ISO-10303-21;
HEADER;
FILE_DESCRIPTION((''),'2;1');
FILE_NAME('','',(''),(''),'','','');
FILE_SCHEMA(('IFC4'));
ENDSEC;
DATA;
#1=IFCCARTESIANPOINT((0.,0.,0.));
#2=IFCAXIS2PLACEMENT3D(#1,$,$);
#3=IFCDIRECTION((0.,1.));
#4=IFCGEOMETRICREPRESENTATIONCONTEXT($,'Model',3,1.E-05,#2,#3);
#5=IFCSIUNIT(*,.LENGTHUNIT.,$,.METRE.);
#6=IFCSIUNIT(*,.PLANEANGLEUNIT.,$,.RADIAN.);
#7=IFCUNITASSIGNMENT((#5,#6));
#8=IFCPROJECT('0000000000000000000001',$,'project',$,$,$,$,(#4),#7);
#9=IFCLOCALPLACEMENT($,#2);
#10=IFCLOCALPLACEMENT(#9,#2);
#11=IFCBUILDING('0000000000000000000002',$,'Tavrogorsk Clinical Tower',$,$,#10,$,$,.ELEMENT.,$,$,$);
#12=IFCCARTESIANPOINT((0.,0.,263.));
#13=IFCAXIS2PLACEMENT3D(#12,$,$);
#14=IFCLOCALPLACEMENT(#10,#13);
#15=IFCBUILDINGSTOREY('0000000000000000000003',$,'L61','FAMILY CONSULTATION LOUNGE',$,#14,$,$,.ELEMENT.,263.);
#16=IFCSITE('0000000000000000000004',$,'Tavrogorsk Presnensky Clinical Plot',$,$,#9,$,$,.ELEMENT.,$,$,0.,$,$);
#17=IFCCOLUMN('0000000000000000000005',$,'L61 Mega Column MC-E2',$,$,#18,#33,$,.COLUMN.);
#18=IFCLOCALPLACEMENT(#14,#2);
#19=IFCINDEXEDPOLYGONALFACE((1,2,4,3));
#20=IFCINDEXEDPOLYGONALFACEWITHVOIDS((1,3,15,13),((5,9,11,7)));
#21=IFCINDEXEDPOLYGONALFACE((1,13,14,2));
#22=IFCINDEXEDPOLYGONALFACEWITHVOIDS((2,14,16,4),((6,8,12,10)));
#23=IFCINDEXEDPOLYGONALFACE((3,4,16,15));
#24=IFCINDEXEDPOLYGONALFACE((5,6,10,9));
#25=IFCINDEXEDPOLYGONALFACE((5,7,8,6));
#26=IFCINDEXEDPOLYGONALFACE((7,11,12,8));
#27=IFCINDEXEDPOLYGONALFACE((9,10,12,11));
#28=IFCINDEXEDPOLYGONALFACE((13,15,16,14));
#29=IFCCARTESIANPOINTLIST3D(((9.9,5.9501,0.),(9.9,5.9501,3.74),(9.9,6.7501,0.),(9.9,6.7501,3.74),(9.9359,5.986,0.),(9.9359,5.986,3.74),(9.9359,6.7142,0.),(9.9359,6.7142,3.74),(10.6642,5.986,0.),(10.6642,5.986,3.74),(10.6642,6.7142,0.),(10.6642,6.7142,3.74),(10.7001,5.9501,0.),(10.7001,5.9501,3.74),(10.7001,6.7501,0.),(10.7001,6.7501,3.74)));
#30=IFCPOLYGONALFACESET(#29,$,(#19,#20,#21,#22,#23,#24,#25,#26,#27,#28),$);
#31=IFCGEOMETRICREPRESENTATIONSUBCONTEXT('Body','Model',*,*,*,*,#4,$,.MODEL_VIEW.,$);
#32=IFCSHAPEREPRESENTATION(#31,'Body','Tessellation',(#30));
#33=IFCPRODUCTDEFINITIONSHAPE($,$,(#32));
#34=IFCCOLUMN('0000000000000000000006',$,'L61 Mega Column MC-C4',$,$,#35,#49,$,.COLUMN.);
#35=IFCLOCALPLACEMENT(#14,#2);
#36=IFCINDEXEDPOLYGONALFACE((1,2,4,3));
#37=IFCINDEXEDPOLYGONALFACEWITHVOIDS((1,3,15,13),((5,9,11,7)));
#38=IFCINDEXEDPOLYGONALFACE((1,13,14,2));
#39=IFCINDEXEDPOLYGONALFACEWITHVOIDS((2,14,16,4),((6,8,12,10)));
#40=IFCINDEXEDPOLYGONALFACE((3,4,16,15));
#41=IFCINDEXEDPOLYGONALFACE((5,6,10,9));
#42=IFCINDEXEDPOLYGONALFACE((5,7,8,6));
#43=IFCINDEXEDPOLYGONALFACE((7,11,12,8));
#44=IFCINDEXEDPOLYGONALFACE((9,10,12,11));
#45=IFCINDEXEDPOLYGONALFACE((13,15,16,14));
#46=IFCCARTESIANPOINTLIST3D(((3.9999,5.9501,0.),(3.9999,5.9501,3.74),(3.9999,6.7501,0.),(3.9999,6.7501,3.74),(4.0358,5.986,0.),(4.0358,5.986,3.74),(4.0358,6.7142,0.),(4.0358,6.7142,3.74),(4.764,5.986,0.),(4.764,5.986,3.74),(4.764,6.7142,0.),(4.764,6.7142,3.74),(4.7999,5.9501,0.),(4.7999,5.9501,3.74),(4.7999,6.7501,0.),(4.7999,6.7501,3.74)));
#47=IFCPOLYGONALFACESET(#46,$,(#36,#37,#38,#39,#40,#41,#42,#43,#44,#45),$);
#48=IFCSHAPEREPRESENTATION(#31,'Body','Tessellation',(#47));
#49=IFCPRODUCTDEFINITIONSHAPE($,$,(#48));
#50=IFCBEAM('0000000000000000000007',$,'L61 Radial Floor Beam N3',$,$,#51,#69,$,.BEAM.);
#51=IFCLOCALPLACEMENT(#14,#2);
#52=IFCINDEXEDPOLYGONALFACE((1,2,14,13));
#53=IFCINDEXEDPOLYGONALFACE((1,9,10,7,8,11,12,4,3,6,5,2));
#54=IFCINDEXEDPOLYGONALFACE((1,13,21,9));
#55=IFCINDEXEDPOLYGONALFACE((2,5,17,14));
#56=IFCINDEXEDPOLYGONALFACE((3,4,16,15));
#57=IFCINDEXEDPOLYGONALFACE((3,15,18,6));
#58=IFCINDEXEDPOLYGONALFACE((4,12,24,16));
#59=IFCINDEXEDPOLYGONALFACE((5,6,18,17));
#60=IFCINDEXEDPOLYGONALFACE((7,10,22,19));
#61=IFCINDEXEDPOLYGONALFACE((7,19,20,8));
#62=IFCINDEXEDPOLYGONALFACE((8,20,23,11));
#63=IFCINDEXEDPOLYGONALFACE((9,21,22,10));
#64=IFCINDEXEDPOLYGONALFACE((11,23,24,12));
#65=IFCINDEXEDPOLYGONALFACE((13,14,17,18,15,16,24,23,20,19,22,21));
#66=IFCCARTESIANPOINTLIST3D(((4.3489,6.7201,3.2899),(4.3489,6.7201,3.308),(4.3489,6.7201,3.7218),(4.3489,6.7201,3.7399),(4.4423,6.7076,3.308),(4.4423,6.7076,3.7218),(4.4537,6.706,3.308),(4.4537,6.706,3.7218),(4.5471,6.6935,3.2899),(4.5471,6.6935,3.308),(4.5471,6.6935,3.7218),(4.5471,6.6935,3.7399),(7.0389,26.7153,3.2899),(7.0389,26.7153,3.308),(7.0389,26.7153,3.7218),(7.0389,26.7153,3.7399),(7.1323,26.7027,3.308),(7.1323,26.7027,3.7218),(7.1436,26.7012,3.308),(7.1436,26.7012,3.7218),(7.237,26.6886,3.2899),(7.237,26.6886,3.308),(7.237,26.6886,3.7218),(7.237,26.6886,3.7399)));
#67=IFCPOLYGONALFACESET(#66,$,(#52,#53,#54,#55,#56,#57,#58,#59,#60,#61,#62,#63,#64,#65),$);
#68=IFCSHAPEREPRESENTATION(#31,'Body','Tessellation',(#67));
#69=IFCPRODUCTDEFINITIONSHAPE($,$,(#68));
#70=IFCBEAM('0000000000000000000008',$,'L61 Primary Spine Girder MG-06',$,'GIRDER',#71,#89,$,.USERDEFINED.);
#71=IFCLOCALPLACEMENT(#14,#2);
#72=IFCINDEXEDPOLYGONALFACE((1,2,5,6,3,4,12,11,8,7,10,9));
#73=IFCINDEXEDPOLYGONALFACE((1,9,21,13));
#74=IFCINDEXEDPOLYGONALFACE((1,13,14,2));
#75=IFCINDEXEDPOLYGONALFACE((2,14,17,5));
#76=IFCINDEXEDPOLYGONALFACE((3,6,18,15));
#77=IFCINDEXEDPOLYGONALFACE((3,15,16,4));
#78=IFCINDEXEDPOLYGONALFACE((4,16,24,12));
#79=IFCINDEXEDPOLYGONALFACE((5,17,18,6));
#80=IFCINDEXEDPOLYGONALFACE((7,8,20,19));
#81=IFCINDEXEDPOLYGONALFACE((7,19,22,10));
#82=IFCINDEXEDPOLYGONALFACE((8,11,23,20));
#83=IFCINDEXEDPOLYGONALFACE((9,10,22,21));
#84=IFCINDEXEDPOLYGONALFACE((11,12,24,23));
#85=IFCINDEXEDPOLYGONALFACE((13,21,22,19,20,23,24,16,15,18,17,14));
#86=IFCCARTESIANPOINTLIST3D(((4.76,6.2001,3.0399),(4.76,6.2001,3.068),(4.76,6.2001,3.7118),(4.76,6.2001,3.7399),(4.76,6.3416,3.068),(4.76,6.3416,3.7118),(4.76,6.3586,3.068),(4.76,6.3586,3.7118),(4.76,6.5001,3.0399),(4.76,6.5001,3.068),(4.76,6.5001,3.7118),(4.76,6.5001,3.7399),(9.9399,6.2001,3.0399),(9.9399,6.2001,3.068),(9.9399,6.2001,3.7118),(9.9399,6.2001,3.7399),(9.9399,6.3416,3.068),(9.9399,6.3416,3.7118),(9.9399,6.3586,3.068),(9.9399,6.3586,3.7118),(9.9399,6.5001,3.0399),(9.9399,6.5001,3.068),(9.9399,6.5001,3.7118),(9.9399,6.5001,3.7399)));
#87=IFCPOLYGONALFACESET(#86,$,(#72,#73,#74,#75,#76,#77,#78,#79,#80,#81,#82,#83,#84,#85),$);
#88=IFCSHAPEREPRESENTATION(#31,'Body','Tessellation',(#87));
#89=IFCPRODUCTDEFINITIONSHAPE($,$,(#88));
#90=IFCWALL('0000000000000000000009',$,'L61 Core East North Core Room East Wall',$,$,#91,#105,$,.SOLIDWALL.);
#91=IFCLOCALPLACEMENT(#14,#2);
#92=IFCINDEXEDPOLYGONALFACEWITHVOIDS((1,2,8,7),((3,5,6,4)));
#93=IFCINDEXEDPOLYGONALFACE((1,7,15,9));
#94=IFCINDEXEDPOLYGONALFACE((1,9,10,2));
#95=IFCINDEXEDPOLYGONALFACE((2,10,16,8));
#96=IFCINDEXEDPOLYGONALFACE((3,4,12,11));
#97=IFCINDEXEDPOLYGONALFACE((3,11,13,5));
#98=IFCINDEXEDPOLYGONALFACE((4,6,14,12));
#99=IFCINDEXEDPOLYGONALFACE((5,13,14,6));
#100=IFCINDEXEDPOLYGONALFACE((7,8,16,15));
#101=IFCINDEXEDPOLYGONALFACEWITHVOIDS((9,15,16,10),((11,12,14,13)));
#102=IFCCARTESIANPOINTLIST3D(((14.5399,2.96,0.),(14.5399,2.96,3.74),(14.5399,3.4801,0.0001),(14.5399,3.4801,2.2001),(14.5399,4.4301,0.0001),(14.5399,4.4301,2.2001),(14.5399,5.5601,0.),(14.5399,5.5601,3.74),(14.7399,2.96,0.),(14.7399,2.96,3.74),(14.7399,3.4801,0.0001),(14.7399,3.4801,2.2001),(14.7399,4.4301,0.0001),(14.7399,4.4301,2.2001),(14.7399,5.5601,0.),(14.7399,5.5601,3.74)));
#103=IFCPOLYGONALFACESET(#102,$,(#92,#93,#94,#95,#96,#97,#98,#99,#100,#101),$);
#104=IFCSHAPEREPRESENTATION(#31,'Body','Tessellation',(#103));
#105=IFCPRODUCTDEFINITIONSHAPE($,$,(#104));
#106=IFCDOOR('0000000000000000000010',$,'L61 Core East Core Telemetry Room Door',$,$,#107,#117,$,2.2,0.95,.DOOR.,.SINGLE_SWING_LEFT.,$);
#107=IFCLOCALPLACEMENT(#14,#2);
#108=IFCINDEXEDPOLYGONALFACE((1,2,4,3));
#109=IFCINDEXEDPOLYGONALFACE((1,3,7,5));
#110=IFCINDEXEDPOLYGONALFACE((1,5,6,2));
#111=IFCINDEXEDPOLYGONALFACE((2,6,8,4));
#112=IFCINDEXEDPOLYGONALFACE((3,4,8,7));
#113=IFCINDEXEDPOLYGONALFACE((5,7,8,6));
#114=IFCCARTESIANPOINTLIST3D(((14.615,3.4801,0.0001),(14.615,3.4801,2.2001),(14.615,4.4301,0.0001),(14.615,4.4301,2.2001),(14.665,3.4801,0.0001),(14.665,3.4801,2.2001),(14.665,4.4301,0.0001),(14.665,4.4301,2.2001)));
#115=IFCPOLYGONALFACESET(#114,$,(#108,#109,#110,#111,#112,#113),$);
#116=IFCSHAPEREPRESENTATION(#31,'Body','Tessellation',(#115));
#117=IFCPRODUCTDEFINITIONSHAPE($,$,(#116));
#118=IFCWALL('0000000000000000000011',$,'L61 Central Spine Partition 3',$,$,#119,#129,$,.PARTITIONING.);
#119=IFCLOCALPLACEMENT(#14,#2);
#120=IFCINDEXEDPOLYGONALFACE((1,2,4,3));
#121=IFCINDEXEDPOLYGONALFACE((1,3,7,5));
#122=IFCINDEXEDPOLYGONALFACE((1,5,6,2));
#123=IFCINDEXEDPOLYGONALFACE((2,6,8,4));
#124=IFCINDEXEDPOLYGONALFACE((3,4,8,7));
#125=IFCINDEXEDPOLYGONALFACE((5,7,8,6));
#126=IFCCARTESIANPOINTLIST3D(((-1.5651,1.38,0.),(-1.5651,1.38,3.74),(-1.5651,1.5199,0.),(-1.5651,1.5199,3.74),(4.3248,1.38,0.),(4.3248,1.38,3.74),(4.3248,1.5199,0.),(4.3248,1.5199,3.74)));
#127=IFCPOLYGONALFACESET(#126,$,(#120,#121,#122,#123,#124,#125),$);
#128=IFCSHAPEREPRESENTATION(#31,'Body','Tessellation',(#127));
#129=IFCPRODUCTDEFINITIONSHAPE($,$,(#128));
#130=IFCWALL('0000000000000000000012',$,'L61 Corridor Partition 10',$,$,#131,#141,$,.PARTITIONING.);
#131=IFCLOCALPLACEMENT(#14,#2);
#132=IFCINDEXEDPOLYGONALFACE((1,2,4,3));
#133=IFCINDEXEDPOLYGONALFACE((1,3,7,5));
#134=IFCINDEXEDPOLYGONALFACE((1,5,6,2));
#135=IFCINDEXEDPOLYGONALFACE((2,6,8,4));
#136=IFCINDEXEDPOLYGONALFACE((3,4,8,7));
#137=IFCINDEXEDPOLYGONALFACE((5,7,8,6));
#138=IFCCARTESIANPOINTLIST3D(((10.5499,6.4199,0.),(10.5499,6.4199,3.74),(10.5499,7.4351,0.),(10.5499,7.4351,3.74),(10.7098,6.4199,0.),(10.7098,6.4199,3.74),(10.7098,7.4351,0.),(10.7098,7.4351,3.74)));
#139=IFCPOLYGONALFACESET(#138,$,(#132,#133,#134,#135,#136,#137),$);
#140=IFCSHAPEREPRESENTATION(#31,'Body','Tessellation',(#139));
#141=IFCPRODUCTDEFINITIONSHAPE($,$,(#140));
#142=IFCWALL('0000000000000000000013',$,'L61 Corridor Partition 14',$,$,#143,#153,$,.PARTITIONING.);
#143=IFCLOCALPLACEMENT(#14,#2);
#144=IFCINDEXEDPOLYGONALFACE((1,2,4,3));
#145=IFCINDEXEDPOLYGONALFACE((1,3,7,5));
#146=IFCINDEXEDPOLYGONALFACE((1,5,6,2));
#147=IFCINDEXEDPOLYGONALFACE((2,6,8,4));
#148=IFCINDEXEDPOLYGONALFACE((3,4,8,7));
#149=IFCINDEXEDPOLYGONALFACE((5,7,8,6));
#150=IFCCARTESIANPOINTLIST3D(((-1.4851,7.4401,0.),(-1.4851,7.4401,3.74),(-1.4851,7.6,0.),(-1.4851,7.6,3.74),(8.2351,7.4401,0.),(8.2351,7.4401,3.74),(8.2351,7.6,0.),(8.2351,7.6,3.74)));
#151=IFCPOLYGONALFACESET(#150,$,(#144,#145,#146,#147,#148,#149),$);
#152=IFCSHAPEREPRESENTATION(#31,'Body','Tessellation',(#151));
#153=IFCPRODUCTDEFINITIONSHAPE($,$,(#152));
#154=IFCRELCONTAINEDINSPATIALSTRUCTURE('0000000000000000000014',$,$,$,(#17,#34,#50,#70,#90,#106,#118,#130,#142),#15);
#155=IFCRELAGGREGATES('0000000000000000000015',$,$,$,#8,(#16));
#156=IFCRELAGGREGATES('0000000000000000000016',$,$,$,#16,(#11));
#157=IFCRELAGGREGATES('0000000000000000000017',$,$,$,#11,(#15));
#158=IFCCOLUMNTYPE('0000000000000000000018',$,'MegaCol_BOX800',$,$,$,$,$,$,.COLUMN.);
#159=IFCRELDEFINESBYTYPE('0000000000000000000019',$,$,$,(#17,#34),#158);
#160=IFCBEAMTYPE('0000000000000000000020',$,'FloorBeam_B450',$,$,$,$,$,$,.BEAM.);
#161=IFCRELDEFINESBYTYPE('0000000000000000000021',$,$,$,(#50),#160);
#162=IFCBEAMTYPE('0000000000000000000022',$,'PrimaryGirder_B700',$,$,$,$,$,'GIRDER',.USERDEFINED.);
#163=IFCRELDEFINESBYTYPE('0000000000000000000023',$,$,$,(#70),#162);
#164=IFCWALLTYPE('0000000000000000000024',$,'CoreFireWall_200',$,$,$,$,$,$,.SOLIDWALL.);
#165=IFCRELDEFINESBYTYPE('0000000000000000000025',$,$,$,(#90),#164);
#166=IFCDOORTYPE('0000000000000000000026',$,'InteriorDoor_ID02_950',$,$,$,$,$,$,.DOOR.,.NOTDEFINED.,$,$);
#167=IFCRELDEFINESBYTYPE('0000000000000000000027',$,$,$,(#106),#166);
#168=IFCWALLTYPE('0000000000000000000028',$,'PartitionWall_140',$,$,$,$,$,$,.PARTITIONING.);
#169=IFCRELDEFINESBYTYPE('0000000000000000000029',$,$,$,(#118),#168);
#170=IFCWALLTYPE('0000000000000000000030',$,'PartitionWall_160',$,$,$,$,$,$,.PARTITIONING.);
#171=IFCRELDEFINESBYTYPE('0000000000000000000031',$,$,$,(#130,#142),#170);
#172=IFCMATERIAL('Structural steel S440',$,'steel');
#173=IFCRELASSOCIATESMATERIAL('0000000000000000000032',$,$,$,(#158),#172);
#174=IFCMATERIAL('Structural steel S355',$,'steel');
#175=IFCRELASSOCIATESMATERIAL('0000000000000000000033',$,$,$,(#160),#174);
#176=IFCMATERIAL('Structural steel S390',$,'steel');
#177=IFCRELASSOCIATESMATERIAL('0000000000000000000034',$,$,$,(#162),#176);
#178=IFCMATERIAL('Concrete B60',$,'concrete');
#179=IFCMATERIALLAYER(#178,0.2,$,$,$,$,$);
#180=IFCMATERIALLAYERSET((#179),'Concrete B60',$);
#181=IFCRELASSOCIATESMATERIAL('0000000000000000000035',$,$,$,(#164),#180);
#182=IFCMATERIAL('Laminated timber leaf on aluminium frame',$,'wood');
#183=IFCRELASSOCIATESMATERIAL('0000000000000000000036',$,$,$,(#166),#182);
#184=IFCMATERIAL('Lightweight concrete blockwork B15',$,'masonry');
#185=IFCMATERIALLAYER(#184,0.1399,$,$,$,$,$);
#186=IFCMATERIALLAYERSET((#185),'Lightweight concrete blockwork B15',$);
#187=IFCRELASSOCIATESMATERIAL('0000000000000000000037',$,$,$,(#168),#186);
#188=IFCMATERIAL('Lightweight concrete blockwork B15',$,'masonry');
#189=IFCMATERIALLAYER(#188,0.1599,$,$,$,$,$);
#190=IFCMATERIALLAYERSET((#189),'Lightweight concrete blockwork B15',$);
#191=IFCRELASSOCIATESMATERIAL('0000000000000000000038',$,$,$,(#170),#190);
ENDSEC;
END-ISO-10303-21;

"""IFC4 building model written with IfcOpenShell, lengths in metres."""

from ifc_helpers import new_model, si_unit, direction, frame, frame_2d, origin, origin_2d, place, context, subcontext, project, spatial, rectangle, hollow_rectangle, i_section, extrude, material, layer, layer_set, material_profile, profile_set, type_object, element, fill, save


model = new_model("IFC4")

# Units and contexts
model_context = context("Model", 3, precision=1e-05, world=origin(), true_north=direction((0.0, 1.0)))
body_context = subcontext(model_context, "Body", "Model", "MODEL_VIEW")
ifc_project = project(units=[si_unit("LENGTHUNIT", "METRE"), si_unit("PLANEANGLEUNIT", "RADIAN")], contexts=[model_context])

# Site, building, storey
site_placement = place(None, origin())
site = spatial("IfcSite", under=ifc_project, at=site_placement, Name="Tavrogorsk Presnensky Clinical Plot", CompositionType="ELEMENT", RefElevation=0.0)
building_placement = place(site_placement, origin())
building = spatial("IfcBuilding", under=site, at=building_placement, Name="Tavrogorsk Clinical Tower", CompositionType="ELEMENT")
storey_placement = place(building_placement, frame((0.0, 0.0, 263.0)))
storey = spatial("IfcBuildingStorey", under=building, at=storey_placement, Name="L61", Description="FAMILY CONSULTATION LOUNGE", CompositionType="ELEMENT", Elevation=263.0)

# Columns
ifc_material_1 = material(Name="Structural steel S440", Category="steel")
ifc_material_profile_1 = material_profile(ifc_material_1, hollow_rectangle(XDim=0.8, YDim=0.8, WallThickness=0.0359, at=origin_2d()), Name="BOX-800x800x36")
ifc_profile_set_1 = profile_set([ifc_material_profile_1], Name="Structural steel S440")
column_type = type_object("IfcColumnType", Name="MegaCol_BOX800", PredefinedType="COLUMN", material=ifc_profile_set_1)
for number, where, z_axis, x_axis, name in (
    (1, (10.3, 6.3501, 0.0), (0.0, 0.0, 1.0), (1.0, 0.0, 0.0), "L61 Mega Column MC-E2"),
    (2, (4.3999, 6.3501, 0.0), (0.0, 0.0, 1.0), (1.0, 0.0, 0.0), "L61 Mega Column MC-C4"),
):
    element("IfcColumn", number, at=place(storey_placement, frame(where, z_axis=z_axis, x_axis=x_axis)), inside=storey, type_object=column_type, Name=name, PredefinedType="COLUMN", context=body_context, shape_type="SweptSolid", body=[
        extrude(hollow_rectangle(XDim=0.8, YDim=0.8, WallThickness=0.0359, at=origin_2d()), origin(), (0.0, 0.0, 1.0), 3.74),
    ])

# Beams
ifc_material_2 = material(Name="Structural steel S355", Category="steel")
ifc_material_profile_2 = material_profile(ifc_material_2, i_section(OverallWidth=0.2, OverallDepth=0.45, WebThickness=0.0115, FlangeThickness=0.0181, at=origin_2d()), Name="B-450x200x11.5x18")
ifc_profile_set_2 = profile_set([ifc_material_profile_2], Name="Structural steel S355")
beam_type_1 = type_object("IfcBeamType", Name="FloorBeam_B450", PredefinedType="BEAM", material=ifc_profile_set_2)
beam_1_placement = place(storey_placement, frame((4.448, 6.7068, 3.5149), z_axis=(0.133329, 0.991072, 0.0), x_axis=(-0.991072, 0.133329, 0.0)))
element("IfcBeam", 3, at=beam_1_placement, inside=storey, type_object=beam_type_1, Name="L61 Radial Floor Beam N3", PredefinedType="BEAM", context=body_context, shape_type="SweptSolid", body=[
    extrude(i_section(OverallWidth=0.2, OverallDepth=0.45, WebThickness=0.0115, FlangeThickness=0.0181, at=origin_2d()), origin(), (0.0, 0.0, 1.0), 20.1753),
])
ifc_material_3 = material(Name="Structural steel S390", Category="steel")
ifc_material_profile_3 = material_profile(ifc_material_3, i_section(OverallWidth=0.3, OverallDepth=0.7, WebThickness=0.0171, FlangeThickness=0.0281, at=origin_2d()), Name="B-700x300x17x28")
ifc_profile_set_3 = profile_set([ifc_material_profile_3], Name="Structural steel S390")
beam_type_2 = type_object("IfcBeamType", Name="PrimaryGirder_B700", ElementType="GIRDER", PredefinedType="USERDEFINED", material=ifc_profile_set_3)
beam_2_placement = place(storey_placement, frame((4.76, 6.3501, 3.3899), z_axis=(1.0, 0.0, 0.0), x_axis=(0.0, 1.0, 0.0)))
element("IfcBeam", 4, at=beam_2_placement, inside=storey, type_object=beam_type_2, Name="L61 Primary Spine Girder MG-06", ObjectType="GIRDER", PredefinedType="USERDEFINED", context=body_context, shape_type="SweptSolid", body=[
    extrude(i_section(OverallWidth=0.3, OverallDepth=0.7, WebThickness=0.0171, FlangeThickness=0.0281, at=origin_2d()), origin(), (0.0, 0.0, 1.0), 5.1799),
])

# Wall, opening, door
ifc_material_4 = material(Name="Concrete B60", Category="concrete")
ifc_layer_1 = layer(ifc_material_4, 0.2)
ifc_layer_set_1 = layer_set([ifc_layer_1], Name="Concrete B60")
wall_type_1 = type_object("IfcWallType", Name="CoreFireWall_200", PredefinedType="SOLIDWALL", material=ifc_layer_set_1)
wall_1_placement = place(storey_placement, frame((14.6399, 2.96, 0.0), z_axis=(0.0, 0.0, 1.0), x_axis=(0.0, 1.0, 0.0)))
wall_1 = element("IfcWall", 5, at=wall_1_placement, inside=storey, type_object=wall_type_1, Name="L61 Core East North Core Room East Wall", PredefinedType="SOLIDWALL", context=body_context, shape_type="SweptSolid", body=[
    extrude(rectangle(XDim=2.6001, YDim=0.2, at=frame_2d((1.3, 0.0))), origin(), (0.0, 0.0, 1.0), 3.74),
])
opening_1_placement = place(wall_1_placement, frame((0.52, 0.0, 0.0)))
opening_1 = element("IfcOpeningElement", 6, at=opening_1_placement, cuts=wall_1, PredefinedType="OPENING", context=body_context, shape_type="SweptSolid", body=[
    extrude(rectangle(XDim=0.95, YDim=2.2, at=frame_2d((0.4751, 1.1001))), frame((0.0, 0.1099, 0.0), z_axis=(0.0, -1.0, 0.0), x_axis=(1.0, 0.0, 0.0)), (0.0, 0.0, 1.0), 0.22),
])
ifc_material_5 = material(Name="Laminated timber leaf on aluminium frame", Category="wood")
door_type_1 = type_object("IfcDoorType", Name="InteriorDoor_ID02_950", OperationType="NOTDEFINED", PredefinedType="DOOR", material=ifc_material_5)
door_1_placement = place(opening_1_placement, origin())
door_1 = element("IfcDoor", 7, at=door_1_placement, inside=storey, type_object=door_type_1, Name="L61 Core East Core Telemetry Room Door", OperationType="SINGLE_SWING_LEFT", OverallHeight=2.2, OverallWidth=0.95, PredefinedType="DOOR", context=body_context, shape_type="SweptSolid", body=[
    extrude(rectangle(XDim=0.95, YDim=2.2, at=frame_2d((0.4751, 1.1001))), frame((0.0, 0.0249, 0.0), z_axis=(0.0, -1.0, 0.0), x_axis=(1.0, 0.0, 0.0)), (0.0, 0.0, 1.0), 0.05),
])
fill(opening_1, door_1)

# Walls
ifc_material_6 = material(Name="Lightweight concrete blockwork B15", Category="masonry")
ifc_layer_2 = layer(ifc_material_6, 0.1399)
ifc_layer_set_2 = layer_set([ifc_layer_2], Name="Lightweight concrete blockwork B15")
wall_type_2 = type_object("IfcWallType", Name="PartitionWall_140", PredefinedType="PARTITIONING", material=ifc_layer_set_2)
wall_2_placement = place(storey_placement, frame((-1.5649, 1.45, 0.0), z_axis=(0.0, 0.0, 1.0), x_axis=(1.0, 0.0, 0.0)))
element("IfcWall", 8, at=wall_2_placement, inside=storey, type_object=wall_type_2, Name="L61 Central Spine Partition 3", PredefinedType="PARTITIONING", context=body_context, shape_type="SweptSolid", body=[
    extrude(rectangle(XDim=5.8899, YDim=0.1399, at=frame_2d((2.9448, 0.0))), origin(), (0.0, 0.0, 1.0), 3.74),
])
ifc_material_7 = material(Name="Lightweight concrete blockwork B15", Category="masonry")
ifc_layer_3 = layer(ifc_material_7, 0.1599)
ifc_layer_set_3 = layer_set([ifc_layer_3], Name="Lightweight concrete blockwork B15")
wall_type_3 = type_object("IfcWallType", Name="PartitionWall_160", PredefinedType="PARTITIONING", material=ifc_layer_set_3)
wall_3_placement = place(storey_placement, frame((10.6299, 7.4351, 0.0), z_axis=(0.0, 0.0, 1.0), x_axis=(0.0, -1.0, 0.0)))
element("IfcWall", 9, at=wall_3_placement, inside=storey, type_object=wall_type_3, Name="L61 Corridor Partition 10", PredefinedType="PARTITIONING", context=body_context, shape_type="SweptSolid", body=[
    extrude(rectangle(XDim=1.0151, YDim=0.1599, at=frame_2d((0.5076, 0.0))), origin(), (0.0, 0.0, 1.0), 3.74),
])
wall_4_placement = place(storey_placement, frame((8.2351, 7.52, 0.0), z_axis=(0.0, 0.0, 1.0), x_axis=(-1.0, 0.0, 0.0)))
element("IfcWall", 10, at=wall_4_placement, inside=storey, type_object=wall_type_3, Name="L61 Corridor Partition 14", PredefinedType="PARTITIONING", context=body_context, shape_type="SweptSolid", body=[
    extrude(rectangle(XDim=9.7202, YDim=0.1599, at=frame_2d((4.8601, 0.0))), origin(), (0.0, 0.0, 1.0), 3.74),
])

save(model, "model.ifc")
